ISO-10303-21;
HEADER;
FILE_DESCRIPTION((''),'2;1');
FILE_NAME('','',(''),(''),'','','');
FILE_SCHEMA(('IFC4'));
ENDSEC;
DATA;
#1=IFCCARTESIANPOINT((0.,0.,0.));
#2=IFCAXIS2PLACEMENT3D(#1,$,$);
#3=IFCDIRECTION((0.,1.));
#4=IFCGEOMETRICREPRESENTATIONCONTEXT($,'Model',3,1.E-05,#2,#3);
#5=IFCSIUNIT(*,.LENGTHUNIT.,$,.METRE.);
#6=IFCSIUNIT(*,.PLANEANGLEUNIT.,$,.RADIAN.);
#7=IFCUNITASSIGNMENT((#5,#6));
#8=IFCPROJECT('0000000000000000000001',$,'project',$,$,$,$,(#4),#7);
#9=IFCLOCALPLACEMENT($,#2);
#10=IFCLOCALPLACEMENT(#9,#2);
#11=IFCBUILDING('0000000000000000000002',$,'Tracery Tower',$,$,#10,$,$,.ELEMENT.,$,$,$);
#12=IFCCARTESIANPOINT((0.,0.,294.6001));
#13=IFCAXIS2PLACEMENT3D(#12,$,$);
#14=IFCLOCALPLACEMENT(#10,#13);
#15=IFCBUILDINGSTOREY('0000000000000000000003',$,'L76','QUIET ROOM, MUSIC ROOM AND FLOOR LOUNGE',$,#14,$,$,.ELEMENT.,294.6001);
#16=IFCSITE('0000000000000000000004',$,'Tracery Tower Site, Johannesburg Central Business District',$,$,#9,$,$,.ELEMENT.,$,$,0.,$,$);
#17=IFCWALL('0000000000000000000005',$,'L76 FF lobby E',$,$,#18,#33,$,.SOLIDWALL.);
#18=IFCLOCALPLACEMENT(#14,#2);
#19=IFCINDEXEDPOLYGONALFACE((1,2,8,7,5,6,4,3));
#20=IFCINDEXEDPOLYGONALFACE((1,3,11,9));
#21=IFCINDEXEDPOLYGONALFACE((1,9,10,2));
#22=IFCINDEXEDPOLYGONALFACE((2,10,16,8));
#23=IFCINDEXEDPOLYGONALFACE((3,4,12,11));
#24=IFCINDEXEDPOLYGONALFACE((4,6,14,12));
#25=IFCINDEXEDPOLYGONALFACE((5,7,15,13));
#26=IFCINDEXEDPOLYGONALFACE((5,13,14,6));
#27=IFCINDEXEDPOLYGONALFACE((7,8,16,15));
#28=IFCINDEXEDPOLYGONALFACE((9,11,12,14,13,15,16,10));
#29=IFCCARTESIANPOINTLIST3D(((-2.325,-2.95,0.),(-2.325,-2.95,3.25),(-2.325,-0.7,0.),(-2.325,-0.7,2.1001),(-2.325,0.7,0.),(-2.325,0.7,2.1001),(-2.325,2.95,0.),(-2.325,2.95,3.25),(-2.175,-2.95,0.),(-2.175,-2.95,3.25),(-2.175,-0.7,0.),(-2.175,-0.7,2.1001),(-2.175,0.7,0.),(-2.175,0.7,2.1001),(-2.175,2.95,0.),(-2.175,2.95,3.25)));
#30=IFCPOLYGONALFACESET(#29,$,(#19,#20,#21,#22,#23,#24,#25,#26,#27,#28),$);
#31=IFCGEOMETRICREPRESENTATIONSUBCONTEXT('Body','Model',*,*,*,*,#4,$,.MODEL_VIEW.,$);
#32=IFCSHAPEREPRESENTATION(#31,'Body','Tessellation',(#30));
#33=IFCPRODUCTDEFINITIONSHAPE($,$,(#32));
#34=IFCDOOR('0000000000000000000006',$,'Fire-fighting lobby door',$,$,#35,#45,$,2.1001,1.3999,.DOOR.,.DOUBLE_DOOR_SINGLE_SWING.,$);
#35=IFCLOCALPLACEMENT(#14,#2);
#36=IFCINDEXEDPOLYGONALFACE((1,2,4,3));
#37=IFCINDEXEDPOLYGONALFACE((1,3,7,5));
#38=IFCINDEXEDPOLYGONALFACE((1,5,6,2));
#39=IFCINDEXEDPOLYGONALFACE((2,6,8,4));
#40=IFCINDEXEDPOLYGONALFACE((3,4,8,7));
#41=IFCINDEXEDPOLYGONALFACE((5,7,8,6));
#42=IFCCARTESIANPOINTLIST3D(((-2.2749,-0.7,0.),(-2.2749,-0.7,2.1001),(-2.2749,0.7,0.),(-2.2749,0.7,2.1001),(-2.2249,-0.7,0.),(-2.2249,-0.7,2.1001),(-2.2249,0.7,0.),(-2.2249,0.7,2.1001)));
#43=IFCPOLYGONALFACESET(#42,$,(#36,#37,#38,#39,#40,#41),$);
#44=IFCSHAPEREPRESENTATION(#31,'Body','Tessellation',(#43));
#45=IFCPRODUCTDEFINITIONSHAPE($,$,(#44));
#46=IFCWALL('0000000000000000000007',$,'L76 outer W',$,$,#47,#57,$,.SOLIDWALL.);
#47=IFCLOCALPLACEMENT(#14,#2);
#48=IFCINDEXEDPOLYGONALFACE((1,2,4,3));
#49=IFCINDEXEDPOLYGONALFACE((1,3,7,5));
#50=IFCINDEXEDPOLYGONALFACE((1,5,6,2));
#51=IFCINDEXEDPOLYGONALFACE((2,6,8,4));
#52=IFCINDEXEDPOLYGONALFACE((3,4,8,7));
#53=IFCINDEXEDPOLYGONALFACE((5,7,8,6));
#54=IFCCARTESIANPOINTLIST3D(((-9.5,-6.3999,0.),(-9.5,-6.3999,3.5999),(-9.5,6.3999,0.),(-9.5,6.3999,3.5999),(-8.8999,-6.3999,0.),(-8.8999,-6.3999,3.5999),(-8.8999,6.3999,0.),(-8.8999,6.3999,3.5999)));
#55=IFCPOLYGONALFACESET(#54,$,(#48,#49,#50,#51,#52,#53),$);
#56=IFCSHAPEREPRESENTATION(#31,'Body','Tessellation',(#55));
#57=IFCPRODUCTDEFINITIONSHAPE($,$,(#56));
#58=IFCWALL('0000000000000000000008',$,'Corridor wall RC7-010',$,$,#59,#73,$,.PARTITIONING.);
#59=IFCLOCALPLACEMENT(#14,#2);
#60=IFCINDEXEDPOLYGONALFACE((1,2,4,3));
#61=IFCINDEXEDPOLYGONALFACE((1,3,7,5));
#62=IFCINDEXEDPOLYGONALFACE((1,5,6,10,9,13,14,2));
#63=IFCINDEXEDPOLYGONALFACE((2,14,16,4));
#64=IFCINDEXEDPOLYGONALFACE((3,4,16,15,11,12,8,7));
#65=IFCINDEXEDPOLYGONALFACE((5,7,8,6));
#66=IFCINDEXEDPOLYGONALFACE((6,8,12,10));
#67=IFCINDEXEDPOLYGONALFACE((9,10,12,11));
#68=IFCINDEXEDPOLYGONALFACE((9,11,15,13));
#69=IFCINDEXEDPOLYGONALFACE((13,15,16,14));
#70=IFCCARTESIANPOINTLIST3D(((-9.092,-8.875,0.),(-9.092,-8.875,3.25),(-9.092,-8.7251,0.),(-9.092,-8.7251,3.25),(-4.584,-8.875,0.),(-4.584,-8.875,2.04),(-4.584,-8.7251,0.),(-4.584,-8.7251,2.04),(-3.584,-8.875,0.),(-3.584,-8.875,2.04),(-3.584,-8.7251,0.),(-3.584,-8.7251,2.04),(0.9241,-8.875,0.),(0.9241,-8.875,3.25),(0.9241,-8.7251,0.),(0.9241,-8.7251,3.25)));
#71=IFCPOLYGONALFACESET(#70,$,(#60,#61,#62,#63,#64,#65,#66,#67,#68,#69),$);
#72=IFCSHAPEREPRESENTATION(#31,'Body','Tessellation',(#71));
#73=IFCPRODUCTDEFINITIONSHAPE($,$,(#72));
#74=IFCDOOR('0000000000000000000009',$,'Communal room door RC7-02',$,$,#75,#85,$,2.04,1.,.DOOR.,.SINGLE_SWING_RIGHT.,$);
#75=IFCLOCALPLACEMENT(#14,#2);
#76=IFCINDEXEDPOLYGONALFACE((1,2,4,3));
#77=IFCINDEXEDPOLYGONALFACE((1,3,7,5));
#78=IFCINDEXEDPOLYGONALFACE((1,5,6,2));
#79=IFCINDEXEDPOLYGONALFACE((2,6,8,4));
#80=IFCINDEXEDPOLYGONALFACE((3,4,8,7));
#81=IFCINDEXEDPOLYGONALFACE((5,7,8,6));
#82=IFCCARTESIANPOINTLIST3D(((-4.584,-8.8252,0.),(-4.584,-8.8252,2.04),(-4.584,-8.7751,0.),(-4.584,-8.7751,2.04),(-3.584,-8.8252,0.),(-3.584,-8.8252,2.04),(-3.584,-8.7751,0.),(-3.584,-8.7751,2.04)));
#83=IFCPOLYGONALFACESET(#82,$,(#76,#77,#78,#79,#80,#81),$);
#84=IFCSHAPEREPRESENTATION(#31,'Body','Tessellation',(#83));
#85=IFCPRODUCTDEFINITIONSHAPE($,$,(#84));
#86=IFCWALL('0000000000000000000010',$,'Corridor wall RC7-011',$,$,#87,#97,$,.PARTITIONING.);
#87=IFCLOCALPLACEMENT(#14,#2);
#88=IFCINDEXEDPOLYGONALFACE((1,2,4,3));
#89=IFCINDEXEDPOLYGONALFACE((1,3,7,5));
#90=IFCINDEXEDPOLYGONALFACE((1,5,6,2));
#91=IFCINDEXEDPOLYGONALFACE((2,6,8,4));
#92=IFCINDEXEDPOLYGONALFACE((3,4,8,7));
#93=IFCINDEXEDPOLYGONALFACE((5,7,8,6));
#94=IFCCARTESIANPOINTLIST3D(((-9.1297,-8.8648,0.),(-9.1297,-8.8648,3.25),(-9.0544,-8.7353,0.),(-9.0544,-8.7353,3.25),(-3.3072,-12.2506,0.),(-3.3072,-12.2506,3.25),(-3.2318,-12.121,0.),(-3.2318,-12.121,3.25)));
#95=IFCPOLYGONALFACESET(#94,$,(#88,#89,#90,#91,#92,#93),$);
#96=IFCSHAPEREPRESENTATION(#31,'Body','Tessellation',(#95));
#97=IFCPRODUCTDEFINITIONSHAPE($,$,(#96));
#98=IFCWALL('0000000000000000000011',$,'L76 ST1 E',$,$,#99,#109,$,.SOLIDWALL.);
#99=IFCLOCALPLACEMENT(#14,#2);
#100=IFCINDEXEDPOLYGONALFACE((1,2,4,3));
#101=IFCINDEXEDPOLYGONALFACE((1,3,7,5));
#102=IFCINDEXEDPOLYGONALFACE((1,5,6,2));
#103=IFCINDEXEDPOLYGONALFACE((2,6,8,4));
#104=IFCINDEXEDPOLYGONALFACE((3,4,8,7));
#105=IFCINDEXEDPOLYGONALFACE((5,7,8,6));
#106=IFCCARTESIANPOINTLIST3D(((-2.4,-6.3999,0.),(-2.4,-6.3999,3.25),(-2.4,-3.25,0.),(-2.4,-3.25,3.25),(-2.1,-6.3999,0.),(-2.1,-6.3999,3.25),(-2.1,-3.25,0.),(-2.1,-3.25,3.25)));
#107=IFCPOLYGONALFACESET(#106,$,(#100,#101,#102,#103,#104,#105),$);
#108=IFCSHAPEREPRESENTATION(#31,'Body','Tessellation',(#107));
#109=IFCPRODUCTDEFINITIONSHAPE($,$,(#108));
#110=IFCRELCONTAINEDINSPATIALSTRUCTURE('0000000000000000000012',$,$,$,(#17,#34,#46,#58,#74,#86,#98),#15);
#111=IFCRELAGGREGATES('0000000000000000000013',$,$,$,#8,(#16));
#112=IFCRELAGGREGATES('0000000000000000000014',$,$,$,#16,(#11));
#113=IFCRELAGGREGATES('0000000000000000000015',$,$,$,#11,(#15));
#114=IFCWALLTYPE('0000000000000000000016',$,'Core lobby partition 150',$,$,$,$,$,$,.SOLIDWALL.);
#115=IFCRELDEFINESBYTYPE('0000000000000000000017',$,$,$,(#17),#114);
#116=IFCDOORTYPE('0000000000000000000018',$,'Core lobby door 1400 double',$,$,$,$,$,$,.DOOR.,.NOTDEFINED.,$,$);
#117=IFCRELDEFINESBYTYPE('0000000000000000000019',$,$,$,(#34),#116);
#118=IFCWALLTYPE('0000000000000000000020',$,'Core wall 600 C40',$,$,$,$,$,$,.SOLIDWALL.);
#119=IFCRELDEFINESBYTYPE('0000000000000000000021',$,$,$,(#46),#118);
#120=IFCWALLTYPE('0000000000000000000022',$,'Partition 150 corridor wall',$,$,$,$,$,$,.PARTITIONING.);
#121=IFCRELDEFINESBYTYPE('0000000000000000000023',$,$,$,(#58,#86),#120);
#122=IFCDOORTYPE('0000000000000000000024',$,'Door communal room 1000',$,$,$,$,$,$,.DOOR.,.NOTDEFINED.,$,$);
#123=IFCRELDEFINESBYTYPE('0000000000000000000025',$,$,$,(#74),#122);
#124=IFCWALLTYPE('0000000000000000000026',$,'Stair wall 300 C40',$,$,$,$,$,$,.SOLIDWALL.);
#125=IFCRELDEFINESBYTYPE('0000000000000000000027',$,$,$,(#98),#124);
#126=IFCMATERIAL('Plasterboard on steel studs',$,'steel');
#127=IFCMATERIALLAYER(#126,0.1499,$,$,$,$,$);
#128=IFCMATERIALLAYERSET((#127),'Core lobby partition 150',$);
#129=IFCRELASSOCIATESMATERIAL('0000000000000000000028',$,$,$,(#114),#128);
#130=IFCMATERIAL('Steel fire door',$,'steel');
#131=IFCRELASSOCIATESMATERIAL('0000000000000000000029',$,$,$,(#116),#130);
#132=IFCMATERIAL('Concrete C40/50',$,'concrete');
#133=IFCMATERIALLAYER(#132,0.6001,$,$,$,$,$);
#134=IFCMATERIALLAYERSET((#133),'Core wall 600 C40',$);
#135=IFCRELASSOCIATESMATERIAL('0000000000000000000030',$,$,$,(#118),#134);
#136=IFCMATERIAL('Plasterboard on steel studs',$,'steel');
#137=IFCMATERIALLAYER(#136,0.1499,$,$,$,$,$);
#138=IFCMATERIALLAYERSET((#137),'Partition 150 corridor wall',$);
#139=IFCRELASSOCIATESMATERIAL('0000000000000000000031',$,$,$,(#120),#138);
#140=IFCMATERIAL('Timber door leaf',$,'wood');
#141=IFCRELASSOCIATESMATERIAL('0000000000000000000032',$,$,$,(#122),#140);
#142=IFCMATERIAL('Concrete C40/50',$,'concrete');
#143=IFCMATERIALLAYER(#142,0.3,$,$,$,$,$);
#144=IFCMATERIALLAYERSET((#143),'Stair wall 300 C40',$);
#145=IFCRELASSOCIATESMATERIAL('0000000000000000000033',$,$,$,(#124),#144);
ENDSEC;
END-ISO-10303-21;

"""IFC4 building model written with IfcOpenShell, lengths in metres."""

from ifc_helpers import new_model, si_unit, direction, frame, frame_2d, origin, place, context, subcontext, project, spatial, rectangle, extrude, material, layer, layer_set, type_object, element, fill, save


model = new_model("IFC4")

# Units and contexts
model_context = context("Model", 3, precision=1e-05, world=origin(), true_north=direction((0.0, 1.0)))
body_context = subcontext(model_context, "Body", "Model", "MODEL_VIEW")
ifc_project = project(units=[si_unit("LENGTHUNIT", "METRE"), si_unit("PLANEANGLEUNIT", "RADIAN")], contexts=[model_context])

# Site, building, storey
site_placement = place(None, origin())
site = spatial("IfcSite", under=ifc_project, at=site_placement, Name="Tracery Tower Site, Johannesburg Central Business District", CompositionType="ELEMENT", RefElevation=0.0)
building_placement = place(site_placement, origin())
building = spatial("IfcBuilding", under=site, at=building_placement, Name="Tracery Tower", CompositionType="ELEMENT")
storey_placement = place(building_placement, frame((0.0, 0.0, 294.6001)))
storey = spatial("IfcBuildingStorey", under=building, at=storey_placement, Name="L76", Description="QUIET ROOM, MUSIC ROOM AND FLOOR LOUNGE", CompositionType="ELEMENT", Elevation=294.6001)

# Wall, opening, door
ifc_material_1 = material(Name="Plasterboard on steel studs", Category="steel")
ifc_layer_1 = layer(ifc_material_1, 0.1499)
ifc_layer_set_1 = layer_set([ifc_layer_1], Name="Core lobby partition 150")
wall_type_1 = type_object("IfcWallType", Name="Core lobby partition 150", PredefinedType="SOLIDWALL", material=ifc_layer_set_1)
wall_1_placement = place(storey_placement, frame((-2.25, -2.95, 0.0), z_axis=(0.0, 0.0, 1.0), x_axis=(0.0, 1.0, 0.0)))
wall_1 = element("IfcWall", 1, at=wall_1_placement, inside=storey, type_object=wall_type_1, Name="L76 FF lobby E", PredefinedType="SOLIDWALL", context=body_context, shape_type="SweptSolid", body=[
    extrude(rectangle(XDim=5.8999, YDim=0.1499, at=frame_2d((2.95, 0.0))), origin(), (0.0, 0.0, 1.0), 3.25),
])
opening_1_placement = place(wall_1_placement, frame((2.25, 0.0, 0.0)))
opening_1 = element("IfcOpeningElement", 2, at=opening_1_placement, cuts=wall_1, PredefinedType="OPENING", context=body_context, shape_type="SweptSolid", body=[
    extrude(rectangle(XDim=1.3999, YDim=2.1001, at=frame_2d((0.7, 1.05))), frame((0.0, 0.075, 0.0), z_axis=(0.0, -1.0, 0.0), x_axis=(1.0, 0.0, 0.0)), (0.0, 0.0, 1.0), 0.1499),
])
ifc_material_2 = material(Name="Steel fire door", Category="steel")
door_type_1 = type_object("IfcDoorType", Name="Core lobby door 1400 double", OperationType="NOTDEFINED", PredefinedType="DOOR", material=ifc_material_2)
door_1_placement = place(opening_1_placement, origin())
door_1 = element("IfcDoor", 3, at=door_1_placement, inside=storey, type_object=door_type_1, Name="Fire-fighting lobby door", OperationType="DOUBLE_DOOR_SINGLE_SWING", OverallHeight=2.1001, OverallWidth=1.3999, PredefinedType="DOOR", context=body_context, shape_type="SweptSolid", body=[
    extrude(rectangle(XDim=1.3999, YDim=2.1001, at=frame_2d((0.7, 1.05))), frame((0.0, 0.0249, 0.0), z_axis=(0.0, -1.0, 0.0), x_axis=(1.0, 0.0, 0.0)), (0.0, 0.0, 1.0), 0.05),
])
fill(opening_1, door_1)

# Wall
ifc_material_3 = material(Name="Concrete C40/50", Category="concrete")
ifc_layer_2 = layer(ifc_material_3, 0.6001)
ifc_layer_set_2 = layer_set([ifc_layer_2], Name="Core wall 600 C40")
wall_type_2 = type_object("IfcWallType", Name="Core wall 600 C40", PredefinedType="SOLIDWALL", material=ifc_layer_set_2)
wall_2_placement = place(storey_placement, frame((-9.2, -6.3999, 0.0), z_axis=(0.0, 0.0, 1.0), x_axis=(0.0, 1.0, 0.0)))
element("IfcWall", 4, at=wall_2_placement, inside=storey, type_object=wall_type_2, Name="L76 outer W", PredefinedType="SOLIDWALL", context=body_context, shape_type="SweptSolid", body=[
    extrude(rectangle(XDim=12.7998, YDim=0.6001, at=frame_2d((6.3999, 0.0))), origin(), (0.0, 0.0, 1.0), 3.5999),
])

# Wall, opening, door
ifc_material_4 = material(Name="Plasterboard on steel studs", Category="steel")
ifc_layer_3 = layer(ifc_material_4, 0.1499)
ifc_layer_set_3 = layer_set([ifc_layer_3], Name="Partition 150 corridor wall")
wall_type_3 = type_object("IfcWallType", Name="Partition 150 corridor wall", PredefinedType="PARTITIONING", material=ifc_layer_set_3)
wall_3_placement = place(storey_placement, frame((-9.092, -8.8, 0.0), z_axis=(0.0, 0.0, 1.0), x_axis=(1.0, 0.0, 0.0)))
wall_3 = element("IfcWall", 5, at=wall_3_placement, inside=storey, type_object=wall_type_3, Name="Corridor wall RC7-010", PredefinedType="PARTITIONING", context=body_context, shape_type="SweptSolid", body=[
    extrude(rectangle(XDim=10.0161, YDim=0.1499, at=frame_2d((5.0081, 0.0))), origin(), (0.0, 0.0, 1.0), 3.25),
])
opening_2_placement = place(wall_3_placement, frame((4.5081, 0.0, 0.0)))
opening_2 = element("IfcOpeningElement", 6, at=opening_2_placement, cuts=wall_3, PredefinedType="OPENING", context=body_context, shape_type="SweptSolid", body=[
    extrude(rectangle(XDim=1.0, YDim=2.04, at=frame_2d((0.5, 1.02))), frame((0.0, 0.075, 0.0), z_axis=(0.0, -1.0, 0.0), x_axis=(1.0, 0.0, 0.0)), (0.0, 0.0, 1.0), 0.1499),
])
ifc_material_5 = material(Name="Timber door leaf", Category="wood")
door_type_2 = type_object("IfcDoorType", Name="Door communal room 1000", OperationType="NOTDEFINED", PredefinedType="DOOR", material=ifc_material_5)
door_2_placement = place(opening_2_placement, origin())
door_2 = element("IfcDoor", 7, at=door_2_placement, inside=storey, type_object=door_type_2, Name="Communal room door RC7-02", OperationType="SINGLE_SWING_RIGHT", OverallHeight=2.04, OverallWidth=1.0, PredefinedType="DOOR", context=body_context, shape_type="SweptSolid", body=[
    extrude(rectangle(XDim=1.0, YDim=2.04, at=frame_2d((0.5, 1.02))), frame((0.0, 0.0249, 0.0), z_axis=(0.0, -1.0, 0.0), x_axis=(1.0, 0.0, 0.0)), (0.0, 0.0, 1.0), 0.05),
])
fill(opening_2, door_2)

# Wall
wall_4_placement = place(storey_placement, frame((-9.092, -8.8, 0.0), z_axis=(0.0, 0.0, 1.0), x_axis=(0.864471, -0.502683, 0.0)))
element("IfcWall", 8, at=wall_4_placement, inside=storey, type_object=wall_type_3, Name="Corridor wall RC7-011", PredefinedType="PARTITIONING", context=body_context, shape_type="SweptSolid", body=[
    extrude(rectangle(XDim=6.7354, YDim=0.1499, at=frame_2d((3.3677, 0.0))), origin(), (0.0, 0.0, 1.0), 3.25),
])

# Shared definitions
ifc_material_6 = material(Name="Concrete C40/50", Category="concrete")
ifc_layer_4 = layer(ifc_material_6, 0.3)
ifc_layer_set_4 = layer_set([ifc_layer_4], Name="Stair wall 300 C40")
wall_type_4 = type_object("IfcWallType", Name="Stair wall 300 C40", PredefinedType="SOLIDWALL", material=ifc_layer_set_4)

# Wall
wall_5_placement = place(storey_placement, frame((-2.25, -6.3999, 0.0), z_axis=(0.0, 0.0, 1.0), x_axis=(0.0, 1.0, 0.0)))
element("IfcWall", 9, at=wall_5_placement, inside=storey, type_object=wall_type_4, Name="L76 ST1 E", PredefinedType="SOLIDWALL", context=body_context, shape_type="SweptSolid", body=[
    extrude(rectangle(XDim=3.1499, YDim=0.3, at=frame_2d((1.575, 0.0))), origin(), (0.0, 0.0, 1.0), 3.25),
])

save(model, "model.ifc")
